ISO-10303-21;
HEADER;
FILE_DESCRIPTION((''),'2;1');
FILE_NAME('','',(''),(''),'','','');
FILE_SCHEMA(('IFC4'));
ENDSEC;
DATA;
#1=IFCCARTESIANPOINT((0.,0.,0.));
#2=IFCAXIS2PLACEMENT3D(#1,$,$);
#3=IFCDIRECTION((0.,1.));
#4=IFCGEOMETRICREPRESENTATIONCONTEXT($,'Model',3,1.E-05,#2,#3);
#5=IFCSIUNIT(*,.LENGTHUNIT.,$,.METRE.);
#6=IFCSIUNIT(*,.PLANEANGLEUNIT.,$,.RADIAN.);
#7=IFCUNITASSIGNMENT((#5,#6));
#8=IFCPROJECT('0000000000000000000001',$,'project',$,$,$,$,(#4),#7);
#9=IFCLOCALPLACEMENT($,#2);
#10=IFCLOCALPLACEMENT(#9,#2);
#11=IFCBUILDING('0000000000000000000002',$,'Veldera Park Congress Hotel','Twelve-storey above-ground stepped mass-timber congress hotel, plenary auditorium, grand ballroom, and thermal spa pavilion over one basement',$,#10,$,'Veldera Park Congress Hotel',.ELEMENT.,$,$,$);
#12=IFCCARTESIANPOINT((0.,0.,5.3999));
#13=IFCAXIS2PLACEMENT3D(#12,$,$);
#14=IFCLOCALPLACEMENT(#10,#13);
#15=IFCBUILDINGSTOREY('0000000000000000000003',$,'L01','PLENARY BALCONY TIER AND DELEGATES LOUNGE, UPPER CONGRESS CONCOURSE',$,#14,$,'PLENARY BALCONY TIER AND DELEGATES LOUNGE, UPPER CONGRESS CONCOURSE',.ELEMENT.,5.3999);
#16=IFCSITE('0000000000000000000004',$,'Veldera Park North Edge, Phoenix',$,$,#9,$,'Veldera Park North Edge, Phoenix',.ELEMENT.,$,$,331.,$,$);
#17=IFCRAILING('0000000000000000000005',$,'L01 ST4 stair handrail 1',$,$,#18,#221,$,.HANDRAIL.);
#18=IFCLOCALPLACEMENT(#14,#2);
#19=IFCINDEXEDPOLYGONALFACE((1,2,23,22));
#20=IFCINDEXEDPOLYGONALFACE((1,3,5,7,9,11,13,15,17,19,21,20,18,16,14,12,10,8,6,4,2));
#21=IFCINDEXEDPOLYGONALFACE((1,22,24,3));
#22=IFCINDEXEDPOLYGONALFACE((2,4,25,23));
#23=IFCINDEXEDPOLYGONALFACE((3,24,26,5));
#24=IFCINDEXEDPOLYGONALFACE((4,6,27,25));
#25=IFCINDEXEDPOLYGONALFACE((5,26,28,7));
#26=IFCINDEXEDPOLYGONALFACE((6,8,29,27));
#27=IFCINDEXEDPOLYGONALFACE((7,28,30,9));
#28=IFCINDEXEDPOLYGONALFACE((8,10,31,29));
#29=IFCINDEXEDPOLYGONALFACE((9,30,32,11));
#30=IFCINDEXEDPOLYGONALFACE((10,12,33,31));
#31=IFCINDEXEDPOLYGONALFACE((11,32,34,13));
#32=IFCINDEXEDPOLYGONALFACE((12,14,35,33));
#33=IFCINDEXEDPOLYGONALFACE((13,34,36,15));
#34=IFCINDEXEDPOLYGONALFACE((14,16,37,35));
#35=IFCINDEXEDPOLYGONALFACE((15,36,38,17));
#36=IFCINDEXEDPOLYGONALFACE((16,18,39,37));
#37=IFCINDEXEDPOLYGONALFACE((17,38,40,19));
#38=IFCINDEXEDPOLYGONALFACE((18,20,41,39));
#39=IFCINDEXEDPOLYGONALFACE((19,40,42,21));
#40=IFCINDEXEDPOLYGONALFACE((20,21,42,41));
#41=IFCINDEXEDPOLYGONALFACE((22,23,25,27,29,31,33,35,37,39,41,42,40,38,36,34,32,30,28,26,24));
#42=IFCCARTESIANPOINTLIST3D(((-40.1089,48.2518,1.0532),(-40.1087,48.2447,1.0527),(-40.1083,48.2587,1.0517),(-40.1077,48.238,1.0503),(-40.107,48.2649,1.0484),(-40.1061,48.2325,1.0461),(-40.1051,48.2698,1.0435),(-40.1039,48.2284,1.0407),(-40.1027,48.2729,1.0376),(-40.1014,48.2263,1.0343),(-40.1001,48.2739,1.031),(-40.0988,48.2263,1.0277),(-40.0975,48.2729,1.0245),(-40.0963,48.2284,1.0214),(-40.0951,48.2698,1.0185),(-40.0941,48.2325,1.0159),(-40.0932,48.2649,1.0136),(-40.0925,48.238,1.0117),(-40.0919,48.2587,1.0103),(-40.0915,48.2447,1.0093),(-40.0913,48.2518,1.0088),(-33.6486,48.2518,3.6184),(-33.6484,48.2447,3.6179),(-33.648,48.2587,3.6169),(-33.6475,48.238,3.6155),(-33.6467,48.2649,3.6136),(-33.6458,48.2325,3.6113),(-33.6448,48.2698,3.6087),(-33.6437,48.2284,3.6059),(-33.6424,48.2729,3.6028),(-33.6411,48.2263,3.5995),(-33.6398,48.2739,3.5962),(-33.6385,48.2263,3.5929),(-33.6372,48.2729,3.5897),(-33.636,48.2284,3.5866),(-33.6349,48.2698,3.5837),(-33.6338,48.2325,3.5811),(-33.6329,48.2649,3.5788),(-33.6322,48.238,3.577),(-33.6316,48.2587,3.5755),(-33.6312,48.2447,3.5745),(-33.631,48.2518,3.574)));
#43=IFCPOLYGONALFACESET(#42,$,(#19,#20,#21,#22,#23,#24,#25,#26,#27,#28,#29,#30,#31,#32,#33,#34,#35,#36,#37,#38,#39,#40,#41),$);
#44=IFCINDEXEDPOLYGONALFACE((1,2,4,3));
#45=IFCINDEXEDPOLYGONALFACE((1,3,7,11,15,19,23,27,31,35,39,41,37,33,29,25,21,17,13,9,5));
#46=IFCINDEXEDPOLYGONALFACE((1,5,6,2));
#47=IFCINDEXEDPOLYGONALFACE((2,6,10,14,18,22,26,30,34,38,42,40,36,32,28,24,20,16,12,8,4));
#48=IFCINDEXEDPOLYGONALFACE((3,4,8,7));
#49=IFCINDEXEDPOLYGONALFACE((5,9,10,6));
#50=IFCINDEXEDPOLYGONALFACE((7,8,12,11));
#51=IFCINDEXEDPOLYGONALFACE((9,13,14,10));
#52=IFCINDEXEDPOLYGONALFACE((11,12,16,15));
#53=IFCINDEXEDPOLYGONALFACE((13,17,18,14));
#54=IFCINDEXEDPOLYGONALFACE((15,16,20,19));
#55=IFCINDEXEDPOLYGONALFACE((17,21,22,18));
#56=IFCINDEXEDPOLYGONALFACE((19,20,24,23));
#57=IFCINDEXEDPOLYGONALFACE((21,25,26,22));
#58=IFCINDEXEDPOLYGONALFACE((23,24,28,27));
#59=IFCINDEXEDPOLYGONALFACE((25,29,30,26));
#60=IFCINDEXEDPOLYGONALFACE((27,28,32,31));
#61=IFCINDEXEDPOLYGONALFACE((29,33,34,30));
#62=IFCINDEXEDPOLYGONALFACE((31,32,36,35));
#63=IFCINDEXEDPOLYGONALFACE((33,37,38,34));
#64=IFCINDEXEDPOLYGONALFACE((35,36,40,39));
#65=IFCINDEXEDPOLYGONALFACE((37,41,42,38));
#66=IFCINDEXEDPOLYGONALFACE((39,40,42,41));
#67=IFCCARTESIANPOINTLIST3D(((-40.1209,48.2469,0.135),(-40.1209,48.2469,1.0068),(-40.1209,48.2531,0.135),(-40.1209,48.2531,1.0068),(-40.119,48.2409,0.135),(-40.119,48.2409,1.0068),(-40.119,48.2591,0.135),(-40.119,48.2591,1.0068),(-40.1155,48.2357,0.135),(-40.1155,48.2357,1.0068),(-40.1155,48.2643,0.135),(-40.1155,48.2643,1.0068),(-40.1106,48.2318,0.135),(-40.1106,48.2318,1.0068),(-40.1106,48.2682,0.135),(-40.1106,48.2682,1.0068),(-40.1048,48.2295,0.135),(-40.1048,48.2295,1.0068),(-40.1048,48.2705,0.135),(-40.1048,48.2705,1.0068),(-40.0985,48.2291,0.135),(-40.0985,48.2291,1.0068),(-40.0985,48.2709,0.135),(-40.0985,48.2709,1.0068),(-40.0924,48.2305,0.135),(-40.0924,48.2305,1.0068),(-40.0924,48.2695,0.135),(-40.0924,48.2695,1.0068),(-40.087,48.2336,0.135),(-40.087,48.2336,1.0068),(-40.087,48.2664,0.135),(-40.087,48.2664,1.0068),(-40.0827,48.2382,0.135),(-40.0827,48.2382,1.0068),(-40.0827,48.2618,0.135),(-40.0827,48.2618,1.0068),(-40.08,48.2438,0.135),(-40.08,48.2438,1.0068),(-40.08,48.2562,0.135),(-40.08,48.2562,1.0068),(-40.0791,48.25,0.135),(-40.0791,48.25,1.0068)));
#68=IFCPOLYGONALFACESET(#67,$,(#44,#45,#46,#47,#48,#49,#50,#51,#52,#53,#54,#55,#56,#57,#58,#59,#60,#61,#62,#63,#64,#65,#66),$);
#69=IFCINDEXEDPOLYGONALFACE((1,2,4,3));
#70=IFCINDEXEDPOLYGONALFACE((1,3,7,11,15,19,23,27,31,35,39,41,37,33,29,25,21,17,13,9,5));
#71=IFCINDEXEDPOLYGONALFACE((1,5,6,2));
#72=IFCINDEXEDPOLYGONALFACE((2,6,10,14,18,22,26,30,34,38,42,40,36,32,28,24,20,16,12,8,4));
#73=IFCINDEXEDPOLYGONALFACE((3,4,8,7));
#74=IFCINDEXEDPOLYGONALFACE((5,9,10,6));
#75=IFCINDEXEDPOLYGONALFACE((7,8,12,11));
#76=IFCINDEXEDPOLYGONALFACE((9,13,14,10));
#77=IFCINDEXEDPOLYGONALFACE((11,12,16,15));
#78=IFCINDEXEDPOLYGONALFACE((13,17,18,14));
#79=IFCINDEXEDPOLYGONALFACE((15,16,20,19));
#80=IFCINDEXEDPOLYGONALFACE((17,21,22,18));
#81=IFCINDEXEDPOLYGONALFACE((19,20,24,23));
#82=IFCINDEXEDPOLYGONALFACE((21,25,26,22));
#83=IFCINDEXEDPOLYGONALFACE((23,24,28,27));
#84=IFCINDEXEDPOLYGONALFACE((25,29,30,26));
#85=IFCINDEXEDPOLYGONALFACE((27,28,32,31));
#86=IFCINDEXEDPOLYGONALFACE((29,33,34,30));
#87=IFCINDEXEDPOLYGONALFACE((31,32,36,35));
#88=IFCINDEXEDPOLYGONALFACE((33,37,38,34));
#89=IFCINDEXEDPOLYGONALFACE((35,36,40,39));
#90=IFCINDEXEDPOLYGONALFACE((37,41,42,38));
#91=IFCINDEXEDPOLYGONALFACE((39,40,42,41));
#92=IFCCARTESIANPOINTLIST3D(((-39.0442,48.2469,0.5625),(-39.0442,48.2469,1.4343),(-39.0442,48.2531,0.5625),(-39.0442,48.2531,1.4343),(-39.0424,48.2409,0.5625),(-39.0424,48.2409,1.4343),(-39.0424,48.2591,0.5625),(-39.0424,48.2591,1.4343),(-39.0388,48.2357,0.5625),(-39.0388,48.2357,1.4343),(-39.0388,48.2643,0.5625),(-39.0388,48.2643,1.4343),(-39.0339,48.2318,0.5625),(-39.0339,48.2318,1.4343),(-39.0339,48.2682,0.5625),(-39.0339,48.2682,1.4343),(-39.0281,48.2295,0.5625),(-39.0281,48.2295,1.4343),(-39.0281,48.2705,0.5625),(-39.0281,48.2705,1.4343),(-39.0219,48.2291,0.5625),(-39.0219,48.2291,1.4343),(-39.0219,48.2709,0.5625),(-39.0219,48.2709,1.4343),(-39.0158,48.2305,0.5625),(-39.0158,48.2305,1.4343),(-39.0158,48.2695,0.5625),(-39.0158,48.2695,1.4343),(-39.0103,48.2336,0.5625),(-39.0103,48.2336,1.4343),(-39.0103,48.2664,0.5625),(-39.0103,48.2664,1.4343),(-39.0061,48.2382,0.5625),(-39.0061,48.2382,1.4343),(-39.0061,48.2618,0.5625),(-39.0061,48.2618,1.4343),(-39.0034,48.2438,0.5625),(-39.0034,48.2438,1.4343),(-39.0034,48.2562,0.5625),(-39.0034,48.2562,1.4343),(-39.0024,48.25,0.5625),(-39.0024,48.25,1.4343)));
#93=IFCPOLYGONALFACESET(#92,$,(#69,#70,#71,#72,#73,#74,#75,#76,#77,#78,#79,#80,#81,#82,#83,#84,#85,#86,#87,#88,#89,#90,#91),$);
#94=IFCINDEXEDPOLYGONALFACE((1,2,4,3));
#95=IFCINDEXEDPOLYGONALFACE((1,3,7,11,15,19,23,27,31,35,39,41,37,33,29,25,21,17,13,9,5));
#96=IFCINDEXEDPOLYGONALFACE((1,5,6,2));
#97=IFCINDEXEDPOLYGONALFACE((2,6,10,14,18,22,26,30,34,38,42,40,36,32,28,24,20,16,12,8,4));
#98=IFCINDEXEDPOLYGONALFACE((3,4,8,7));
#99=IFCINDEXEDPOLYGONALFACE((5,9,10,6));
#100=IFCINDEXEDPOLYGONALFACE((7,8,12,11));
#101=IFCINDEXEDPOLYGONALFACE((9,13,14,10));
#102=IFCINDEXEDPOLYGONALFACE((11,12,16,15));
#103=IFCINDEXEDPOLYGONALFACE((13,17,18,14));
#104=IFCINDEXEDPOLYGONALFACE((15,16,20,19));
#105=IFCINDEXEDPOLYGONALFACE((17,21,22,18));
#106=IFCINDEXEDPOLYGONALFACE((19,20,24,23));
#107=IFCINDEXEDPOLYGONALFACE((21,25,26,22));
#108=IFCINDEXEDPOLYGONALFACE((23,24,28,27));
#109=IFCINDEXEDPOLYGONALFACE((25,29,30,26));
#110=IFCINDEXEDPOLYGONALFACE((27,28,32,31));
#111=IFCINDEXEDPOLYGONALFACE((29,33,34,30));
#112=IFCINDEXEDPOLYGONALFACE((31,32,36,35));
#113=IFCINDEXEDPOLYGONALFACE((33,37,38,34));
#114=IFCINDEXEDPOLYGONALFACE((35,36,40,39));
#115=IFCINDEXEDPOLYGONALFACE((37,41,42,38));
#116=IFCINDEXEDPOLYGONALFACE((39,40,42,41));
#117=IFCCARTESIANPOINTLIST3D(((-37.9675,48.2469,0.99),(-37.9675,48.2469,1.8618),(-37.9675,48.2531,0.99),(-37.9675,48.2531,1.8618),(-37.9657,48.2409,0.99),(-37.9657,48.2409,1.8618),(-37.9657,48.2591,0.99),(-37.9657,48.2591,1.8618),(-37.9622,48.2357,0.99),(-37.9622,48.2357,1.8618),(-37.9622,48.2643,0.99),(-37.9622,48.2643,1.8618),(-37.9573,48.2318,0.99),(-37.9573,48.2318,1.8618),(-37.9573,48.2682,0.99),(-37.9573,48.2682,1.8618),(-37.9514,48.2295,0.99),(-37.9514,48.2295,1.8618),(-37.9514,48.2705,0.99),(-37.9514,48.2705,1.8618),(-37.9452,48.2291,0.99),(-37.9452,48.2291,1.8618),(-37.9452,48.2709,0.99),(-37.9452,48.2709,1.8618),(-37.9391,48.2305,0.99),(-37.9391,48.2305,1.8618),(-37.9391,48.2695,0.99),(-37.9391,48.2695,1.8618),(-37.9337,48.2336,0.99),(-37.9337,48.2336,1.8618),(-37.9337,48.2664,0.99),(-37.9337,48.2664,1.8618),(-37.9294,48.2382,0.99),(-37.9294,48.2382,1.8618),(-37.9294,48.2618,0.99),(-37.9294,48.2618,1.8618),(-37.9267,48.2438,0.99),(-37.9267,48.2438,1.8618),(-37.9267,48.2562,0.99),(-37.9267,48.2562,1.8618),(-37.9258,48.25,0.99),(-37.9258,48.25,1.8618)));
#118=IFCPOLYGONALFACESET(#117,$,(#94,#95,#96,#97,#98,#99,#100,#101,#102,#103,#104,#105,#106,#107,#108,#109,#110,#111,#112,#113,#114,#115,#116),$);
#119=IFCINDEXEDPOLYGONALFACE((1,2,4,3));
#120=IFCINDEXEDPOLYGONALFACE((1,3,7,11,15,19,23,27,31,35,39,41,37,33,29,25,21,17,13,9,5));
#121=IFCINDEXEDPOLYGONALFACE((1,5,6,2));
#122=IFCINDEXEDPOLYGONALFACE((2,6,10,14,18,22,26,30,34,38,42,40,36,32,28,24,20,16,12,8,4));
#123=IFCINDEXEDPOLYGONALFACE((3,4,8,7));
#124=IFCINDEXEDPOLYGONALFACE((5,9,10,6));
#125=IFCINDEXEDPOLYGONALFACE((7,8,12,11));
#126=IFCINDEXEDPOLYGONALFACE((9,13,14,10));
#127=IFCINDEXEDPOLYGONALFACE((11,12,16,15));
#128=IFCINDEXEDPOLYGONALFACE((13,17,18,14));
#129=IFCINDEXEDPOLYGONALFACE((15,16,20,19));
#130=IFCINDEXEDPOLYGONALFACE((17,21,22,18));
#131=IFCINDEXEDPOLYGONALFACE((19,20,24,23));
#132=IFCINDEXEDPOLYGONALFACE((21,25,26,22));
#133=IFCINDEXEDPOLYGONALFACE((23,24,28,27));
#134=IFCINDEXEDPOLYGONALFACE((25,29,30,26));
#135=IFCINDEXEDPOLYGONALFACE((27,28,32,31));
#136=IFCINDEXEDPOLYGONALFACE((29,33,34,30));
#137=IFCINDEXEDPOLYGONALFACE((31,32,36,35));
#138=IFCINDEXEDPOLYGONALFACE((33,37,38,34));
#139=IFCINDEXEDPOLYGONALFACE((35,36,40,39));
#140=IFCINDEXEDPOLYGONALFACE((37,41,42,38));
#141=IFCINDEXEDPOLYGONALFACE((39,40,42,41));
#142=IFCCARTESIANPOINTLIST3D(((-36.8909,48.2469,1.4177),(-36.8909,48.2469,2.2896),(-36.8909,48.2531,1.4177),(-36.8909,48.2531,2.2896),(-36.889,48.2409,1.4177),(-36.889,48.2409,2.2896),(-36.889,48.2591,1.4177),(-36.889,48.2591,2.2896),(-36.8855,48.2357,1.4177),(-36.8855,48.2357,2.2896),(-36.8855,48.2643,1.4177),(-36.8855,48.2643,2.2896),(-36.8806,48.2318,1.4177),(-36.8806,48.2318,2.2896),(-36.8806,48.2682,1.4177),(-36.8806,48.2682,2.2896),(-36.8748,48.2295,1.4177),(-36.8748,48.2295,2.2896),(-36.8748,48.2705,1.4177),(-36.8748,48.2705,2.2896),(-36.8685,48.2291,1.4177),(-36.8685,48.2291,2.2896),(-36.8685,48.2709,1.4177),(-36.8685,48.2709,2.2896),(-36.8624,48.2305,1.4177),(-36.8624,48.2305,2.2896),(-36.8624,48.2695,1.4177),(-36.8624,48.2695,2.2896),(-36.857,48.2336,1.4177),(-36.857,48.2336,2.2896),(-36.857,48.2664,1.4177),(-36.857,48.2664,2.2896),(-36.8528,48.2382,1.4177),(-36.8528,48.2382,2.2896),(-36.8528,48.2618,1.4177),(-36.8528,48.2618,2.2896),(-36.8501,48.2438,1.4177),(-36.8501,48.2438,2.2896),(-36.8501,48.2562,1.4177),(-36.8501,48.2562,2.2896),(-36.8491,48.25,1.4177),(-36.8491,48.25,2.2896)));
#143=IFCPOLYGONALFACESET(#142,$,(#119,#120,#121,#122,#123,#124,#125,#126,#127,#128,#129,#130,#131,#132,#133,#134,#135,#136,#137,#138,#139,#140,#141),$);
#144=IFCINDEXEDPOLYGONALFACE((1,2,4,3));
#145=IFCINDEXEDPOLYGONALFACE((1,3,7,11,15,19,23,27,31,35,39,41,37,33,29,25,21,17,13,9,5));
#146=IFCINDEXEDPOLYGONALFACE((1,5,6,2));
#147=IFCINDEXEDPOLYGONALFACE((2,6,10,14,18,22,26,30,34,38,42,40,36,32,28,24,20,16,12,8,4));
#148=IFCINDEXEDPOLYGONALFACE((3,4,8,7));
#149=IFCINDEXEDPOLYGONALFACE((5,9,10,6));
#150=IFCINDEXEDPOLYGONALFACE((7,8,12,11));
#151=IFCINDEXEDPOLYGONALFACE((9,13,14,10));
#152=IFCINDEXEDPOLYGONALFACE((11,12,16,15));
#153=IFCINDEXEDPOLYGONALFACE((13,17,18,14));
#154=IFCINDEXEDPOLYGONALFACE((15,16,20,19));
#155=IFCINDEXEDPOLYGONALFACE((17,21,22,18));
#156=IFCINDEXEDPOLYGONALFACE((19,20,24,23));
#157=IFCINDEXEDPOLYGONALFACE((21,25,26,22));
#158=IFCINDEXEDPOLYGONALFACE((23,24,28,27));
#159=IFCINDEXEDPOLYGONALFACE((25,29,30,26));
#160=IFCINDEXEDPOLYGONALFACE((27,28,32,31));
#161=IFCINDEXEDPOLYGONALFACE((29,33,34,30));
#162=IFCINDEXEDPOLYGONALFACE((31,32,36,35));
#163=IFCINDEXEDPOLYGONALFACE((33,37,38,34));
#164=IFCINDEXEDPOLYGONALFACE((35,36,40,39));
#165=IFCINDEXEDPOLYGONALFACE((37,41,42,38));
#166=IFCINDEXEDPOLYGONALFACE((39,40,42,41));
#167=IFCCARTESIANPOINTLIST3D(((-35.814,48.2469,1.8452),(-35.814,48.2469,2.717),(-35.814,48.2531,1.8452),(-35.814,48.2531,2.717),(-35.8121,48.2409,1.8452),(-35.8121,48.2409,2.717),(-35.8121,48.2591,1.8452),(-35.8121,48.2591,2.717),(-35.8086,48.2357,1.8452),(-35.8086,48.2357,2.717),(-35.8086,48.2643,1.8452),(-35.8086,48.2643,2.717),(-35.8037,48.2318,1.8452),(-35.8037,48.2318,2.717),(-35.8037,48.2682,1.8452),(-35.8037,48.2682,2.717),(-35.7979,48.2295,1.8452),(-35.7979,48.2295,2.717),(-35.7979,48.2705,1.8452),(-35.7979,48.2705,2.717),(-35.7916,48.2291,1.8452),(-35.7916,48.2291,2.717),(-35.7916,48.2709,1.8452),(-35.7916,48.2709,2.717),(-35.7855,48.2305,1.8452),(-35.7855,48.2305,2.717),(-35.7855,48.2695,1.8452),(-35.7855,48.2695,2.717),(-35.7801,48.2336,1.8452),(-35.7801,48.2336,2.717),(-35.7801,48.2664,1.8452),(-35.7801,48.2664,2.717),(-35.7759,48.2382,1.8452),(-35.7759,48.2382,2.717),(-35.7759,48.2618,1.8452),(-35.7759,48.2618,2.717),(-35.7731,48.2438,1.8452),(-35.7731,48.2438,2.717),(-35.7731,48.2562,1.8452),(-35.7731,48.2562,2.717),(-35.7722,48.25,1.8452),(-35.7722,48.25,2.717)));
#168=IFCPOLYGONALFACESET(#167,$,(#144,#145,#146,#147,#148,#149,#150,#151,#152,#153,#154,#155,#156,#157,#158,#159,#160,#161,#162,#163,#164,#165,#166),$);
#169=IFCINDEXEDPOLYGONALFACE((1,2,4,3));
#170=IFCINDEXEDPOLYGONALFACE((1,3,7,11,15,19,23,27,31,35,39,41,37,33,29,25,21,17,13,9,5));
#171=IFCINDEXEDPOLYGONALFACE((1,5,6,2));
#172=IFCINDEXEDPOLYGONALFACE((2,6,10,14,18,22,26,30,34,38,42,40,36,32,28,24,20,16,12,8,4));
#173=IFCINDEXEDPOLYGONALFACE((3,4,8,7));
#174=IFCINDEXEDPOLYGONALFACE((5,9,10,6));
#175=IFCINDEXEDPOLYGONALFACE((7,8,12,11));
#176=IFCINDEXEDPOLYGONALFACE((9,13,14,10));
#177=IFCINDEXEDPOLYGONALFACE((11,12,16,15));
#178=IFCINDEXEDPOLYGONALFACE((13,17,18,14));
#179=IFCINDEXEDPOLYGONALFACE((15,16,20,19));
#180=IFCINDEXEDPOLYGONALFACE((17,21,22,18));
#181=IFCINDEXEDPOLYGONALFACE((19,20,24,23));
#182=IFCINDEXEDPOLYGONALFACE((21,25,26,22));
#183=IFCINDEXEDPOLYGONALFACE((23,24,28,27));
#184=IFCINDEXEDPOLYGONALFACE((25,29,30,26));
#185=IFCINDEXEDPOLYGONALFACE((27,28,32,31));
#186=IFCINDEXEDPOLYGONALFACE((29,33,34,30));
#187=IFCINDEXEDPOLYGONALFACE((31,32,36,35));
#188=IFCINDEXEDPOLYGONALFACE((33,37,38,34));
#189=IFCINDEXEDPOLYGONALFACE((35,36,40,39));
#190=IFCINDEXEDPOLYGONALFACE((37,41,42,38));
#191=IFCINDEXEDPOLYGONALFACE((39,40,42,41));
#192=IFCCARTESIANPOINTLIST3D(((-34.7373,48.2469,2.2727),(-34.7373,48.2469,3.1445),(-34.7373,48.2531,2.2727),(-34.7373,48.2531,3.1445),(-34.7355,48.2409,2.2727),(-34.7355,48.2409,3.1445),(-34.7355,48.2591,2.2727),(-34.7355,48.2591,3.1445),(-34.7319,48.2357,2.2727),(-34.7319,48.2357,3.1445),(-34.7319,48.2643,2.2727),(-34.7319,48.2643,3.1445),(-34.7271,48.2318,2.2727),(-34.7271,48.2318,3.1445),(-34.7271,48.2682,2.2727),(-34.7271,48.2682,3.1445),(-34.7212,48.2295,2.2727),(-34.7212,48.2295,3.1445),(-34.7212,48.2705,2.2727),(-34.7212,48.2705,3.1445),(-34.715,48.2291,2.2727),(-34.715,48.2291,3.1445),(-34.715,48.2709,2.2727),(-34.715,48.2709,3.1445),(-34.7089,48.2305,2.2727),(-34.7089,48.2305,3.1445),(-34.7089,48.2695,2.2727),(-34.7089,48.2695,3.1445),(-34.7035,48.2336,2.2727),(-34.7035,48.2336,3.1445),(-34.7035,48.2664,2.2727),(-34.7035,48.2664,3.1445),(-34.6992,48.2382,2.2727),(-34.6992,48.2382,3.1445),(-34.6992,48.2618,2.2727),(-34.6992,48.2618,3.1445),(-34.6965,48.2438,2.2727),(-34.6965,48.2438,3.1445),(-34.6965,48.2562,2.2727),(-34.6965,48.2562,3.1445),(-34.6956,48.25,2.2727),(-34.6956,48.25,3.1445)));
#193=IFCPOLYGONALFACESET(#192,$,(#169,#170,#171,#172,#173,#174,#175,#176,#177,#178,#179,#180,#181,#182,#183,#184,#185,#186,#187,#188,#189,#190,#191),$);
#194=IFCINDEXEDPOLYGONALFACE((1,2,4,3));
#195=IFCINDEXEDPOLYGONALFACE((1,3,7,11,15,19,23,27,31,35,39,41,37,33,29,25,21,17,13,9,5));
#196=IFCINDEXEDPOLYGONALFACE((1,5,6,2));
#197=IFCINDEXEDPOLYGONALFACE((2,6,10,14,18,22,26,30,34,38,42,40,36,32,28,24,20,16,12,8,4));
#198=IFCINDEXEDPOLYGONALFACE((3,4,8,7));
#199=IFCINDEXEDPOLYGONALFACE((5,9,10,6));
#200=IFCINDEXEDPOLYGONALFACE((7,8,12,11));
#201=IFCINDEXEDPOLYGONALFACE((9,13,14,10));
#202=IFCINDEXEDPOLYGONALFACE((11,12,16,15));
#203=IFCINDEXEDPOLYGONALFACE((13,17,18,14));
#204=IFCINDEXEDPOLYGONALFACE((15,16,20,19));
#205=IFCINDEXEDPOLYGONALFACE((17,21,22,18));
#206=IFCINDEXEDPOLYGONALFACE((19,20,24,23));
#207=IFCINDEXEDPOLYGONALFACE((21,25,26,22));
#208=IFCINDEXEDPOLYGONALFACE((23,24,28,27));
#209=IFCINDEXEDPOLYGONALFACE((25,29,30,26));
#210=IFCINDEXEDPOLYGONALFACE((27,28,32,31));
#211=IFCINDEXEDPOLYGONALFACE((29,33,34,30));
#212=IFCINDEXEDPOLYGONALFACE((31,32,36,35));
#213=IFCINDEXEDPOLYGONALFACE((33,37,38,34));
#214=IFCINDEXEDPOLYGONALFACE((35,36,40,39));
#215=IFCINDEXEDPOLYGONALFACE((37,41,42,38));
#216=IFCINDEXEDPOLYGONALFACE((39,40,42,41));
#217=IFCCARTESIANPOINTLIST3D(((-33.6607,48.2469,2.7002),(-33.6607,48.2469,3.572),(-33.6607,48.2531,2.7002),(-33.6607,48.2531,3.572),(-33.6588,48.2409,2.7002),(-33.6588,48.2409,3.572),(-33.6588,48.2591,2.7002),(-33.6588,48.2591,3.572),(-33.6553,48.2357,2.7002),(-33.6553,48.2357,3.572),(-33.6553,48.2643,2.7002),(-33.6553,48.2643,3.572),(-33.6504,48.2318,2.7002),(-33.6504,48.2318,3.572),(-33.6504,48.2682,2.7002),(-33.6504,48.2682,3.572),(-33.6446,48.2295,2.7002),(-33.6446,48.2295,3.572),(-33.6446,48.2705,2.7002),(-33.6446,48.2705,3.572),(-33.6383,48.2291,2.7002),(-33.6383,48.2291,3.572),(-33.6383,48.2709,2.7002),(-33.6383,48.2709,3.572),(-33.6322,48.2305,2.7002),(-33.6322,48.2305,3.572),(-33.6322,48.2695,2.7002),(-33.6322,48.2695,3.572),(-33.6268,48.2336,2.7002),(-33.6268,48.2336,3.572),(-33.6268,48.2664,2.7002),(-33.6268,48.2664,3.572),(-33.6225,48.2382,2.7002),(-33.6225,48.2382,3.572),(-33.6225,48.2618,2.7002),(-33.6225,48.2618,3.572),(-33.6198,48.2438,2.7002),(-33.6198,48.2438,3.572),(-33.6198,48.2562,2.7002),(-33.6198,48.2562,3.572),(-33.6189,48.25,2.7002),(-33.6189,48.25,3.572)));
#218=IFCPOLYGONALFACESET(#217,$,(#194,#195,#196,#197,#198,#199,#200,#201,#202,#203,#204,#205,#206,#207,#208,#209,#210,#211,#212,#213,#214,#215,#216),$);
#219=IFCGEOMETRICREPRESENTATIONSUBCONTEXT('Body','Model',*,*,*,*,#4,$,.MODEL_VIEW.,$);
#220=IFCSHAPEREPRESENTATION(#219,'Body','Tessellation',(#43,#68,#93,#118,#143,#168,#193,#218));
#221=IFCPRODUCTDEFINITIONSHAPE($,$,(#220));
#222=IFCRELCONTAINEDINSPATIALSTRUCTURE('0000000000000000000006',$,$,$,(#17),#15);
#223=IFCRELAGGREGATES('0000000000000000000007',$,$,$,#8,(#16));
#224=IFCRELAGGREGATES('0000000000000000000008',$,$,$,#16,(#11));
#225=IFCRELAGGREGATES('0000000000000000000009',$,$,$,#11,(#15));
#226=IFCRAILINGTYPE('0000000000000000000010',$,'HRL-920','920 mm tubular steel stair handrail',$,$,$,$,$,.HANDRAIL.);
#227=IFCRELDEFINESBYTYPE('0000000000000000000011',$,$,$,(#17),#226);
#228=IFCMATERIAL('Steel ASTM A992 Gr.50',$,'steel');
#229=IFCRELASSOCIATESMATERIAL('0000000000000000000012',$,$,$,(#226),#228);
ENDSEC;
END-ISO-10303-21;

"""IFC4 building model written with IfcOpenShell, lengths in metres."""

from ifc_helpers import new_model, si_unit, direction, frame, origin, origin_2d, place, context, subcontext, project, spatial, circle, extrude, material, type_object, element, save


model = new_model("IFC4")

# Units and contexts
model_context = context("Model", 3, precision=1e-05, world=origin(), true_north=direction((0.0, 1.0)))
body_context = subcontext(model_context, "Body", "Model", "MODEL_VIEW")
ifc_project = project(units=[si_unit("LENGTHUNIT", "METRE"), si_unit("PLANEANGLEUNIT", "RADIAN")], contexts=[model_context])

# Site, building, storey
site_placement = place(None, origin())
site = spatial("IfcSite", under=ifc_project, at=site_placement, Name="Veldera Park North Edge, Phoenix", LongName="Veldera Park North Edge, Phoenix", CompositionType="ELEMENT", RefElevation=331.0)
building_placement = place(site_placement, origin())
building = spatial("IfcBuilding", under=site, at=building_placement, Name="Veldera Park Congress Hotel", Description="Twelve-storey above-ground stepped mass-timber congress hotel, plenary auditorium, grand ballroom, and thermal spa pavilion over one basement", LongName="Veldera Park Congress Hotel", CompositionType="ELEMENT")
storey_placement = place(building_placement, frame((0.0, 0.0, 5.3999)))
storey = spatial("IfcBuildingStorey", under=building, at=storey_placement, Name="L01", Description="PLENARY BALCONY TIER AND DELEGATES LOUNGE, UPPER CONGRESS CONCOURSE", LongName="PLENARY BALCONY TIER AND DELEGATES LOUNGE, UPPER CONGRESS CONCOURSE", CompositionType="ELEMENT", Elevation=5.3999)

# Shared definitions
ifc_material_1 = material(Name="Steel ASTM A992 Gr.50", Category="steel")

# Railing
railing_type_1 = type_object("IfcRailingType", Name="HRL-920", Description="920 mm tubular steel stair handrail", PredefinedType="HANDRAIL", material=ifc_material_1)
railing_1_placement = place(storey_placement, frame((-40.1001, 48.25, 0.135)))
element("IfcRailing", 1, at=railing_1_placement, inside=storey, type_object=railing_type_1, Name="L01 ST4 stair handrail 1", PredefinedType="HANDRAIL", context=body_context, shape_type="SweptSolid", body=[
    extrude(circle(Radius=0.0239, at=origin_2d()), frame((0.0, 0.0, 0.896), z_axis=(0.929411, 0.0, 0.369046), x_axis=(0.0, 1.0, 0.0)), (0.0, 0.0, 1.0), 6.9509),
    extrude(circle(Radius=0.021, at=origin_2d()), origin(), (0.0, 0.0, 1.0), 0.8718),
    extrude(circle(Radius=0.021, at=origin_2d()), frame((1.0767, 0.0, 0.4275)), (0.0, 0.0, 1.0), 0.8718),
    extrude(circle(Radius=0.021, at=origin_2d()), frame((2.1533, 0.0, 0.855)), (0.0, 0.0, 1.0), 0.8718),
    extrude(circle(Radius=0.021, at=origin_2d()), frame((3.23, 0.0, 1.2827)), (0.0, 0.0, 1.0), 0.8718),
    extrude(circle(Radius=0.021, at=origin_2d()), frame((4.3069, 0.0, 1.7102)), (0.0, 0.0, 1.0), 0.8718),
    extrude(circle(Radius=0.021, at=origin_2d()), frame((5.3835, 0.0, 2.1377)), (0.0, 0.0, 1.0), 0.8718),
    extrude(circle(Radius=0.021, at=origin_2d()), frame((6.4602, 0.0, 2.5652)), (0.0, 0.0, 1.0), 0.8718),
])

save(model, "model.ifc")
